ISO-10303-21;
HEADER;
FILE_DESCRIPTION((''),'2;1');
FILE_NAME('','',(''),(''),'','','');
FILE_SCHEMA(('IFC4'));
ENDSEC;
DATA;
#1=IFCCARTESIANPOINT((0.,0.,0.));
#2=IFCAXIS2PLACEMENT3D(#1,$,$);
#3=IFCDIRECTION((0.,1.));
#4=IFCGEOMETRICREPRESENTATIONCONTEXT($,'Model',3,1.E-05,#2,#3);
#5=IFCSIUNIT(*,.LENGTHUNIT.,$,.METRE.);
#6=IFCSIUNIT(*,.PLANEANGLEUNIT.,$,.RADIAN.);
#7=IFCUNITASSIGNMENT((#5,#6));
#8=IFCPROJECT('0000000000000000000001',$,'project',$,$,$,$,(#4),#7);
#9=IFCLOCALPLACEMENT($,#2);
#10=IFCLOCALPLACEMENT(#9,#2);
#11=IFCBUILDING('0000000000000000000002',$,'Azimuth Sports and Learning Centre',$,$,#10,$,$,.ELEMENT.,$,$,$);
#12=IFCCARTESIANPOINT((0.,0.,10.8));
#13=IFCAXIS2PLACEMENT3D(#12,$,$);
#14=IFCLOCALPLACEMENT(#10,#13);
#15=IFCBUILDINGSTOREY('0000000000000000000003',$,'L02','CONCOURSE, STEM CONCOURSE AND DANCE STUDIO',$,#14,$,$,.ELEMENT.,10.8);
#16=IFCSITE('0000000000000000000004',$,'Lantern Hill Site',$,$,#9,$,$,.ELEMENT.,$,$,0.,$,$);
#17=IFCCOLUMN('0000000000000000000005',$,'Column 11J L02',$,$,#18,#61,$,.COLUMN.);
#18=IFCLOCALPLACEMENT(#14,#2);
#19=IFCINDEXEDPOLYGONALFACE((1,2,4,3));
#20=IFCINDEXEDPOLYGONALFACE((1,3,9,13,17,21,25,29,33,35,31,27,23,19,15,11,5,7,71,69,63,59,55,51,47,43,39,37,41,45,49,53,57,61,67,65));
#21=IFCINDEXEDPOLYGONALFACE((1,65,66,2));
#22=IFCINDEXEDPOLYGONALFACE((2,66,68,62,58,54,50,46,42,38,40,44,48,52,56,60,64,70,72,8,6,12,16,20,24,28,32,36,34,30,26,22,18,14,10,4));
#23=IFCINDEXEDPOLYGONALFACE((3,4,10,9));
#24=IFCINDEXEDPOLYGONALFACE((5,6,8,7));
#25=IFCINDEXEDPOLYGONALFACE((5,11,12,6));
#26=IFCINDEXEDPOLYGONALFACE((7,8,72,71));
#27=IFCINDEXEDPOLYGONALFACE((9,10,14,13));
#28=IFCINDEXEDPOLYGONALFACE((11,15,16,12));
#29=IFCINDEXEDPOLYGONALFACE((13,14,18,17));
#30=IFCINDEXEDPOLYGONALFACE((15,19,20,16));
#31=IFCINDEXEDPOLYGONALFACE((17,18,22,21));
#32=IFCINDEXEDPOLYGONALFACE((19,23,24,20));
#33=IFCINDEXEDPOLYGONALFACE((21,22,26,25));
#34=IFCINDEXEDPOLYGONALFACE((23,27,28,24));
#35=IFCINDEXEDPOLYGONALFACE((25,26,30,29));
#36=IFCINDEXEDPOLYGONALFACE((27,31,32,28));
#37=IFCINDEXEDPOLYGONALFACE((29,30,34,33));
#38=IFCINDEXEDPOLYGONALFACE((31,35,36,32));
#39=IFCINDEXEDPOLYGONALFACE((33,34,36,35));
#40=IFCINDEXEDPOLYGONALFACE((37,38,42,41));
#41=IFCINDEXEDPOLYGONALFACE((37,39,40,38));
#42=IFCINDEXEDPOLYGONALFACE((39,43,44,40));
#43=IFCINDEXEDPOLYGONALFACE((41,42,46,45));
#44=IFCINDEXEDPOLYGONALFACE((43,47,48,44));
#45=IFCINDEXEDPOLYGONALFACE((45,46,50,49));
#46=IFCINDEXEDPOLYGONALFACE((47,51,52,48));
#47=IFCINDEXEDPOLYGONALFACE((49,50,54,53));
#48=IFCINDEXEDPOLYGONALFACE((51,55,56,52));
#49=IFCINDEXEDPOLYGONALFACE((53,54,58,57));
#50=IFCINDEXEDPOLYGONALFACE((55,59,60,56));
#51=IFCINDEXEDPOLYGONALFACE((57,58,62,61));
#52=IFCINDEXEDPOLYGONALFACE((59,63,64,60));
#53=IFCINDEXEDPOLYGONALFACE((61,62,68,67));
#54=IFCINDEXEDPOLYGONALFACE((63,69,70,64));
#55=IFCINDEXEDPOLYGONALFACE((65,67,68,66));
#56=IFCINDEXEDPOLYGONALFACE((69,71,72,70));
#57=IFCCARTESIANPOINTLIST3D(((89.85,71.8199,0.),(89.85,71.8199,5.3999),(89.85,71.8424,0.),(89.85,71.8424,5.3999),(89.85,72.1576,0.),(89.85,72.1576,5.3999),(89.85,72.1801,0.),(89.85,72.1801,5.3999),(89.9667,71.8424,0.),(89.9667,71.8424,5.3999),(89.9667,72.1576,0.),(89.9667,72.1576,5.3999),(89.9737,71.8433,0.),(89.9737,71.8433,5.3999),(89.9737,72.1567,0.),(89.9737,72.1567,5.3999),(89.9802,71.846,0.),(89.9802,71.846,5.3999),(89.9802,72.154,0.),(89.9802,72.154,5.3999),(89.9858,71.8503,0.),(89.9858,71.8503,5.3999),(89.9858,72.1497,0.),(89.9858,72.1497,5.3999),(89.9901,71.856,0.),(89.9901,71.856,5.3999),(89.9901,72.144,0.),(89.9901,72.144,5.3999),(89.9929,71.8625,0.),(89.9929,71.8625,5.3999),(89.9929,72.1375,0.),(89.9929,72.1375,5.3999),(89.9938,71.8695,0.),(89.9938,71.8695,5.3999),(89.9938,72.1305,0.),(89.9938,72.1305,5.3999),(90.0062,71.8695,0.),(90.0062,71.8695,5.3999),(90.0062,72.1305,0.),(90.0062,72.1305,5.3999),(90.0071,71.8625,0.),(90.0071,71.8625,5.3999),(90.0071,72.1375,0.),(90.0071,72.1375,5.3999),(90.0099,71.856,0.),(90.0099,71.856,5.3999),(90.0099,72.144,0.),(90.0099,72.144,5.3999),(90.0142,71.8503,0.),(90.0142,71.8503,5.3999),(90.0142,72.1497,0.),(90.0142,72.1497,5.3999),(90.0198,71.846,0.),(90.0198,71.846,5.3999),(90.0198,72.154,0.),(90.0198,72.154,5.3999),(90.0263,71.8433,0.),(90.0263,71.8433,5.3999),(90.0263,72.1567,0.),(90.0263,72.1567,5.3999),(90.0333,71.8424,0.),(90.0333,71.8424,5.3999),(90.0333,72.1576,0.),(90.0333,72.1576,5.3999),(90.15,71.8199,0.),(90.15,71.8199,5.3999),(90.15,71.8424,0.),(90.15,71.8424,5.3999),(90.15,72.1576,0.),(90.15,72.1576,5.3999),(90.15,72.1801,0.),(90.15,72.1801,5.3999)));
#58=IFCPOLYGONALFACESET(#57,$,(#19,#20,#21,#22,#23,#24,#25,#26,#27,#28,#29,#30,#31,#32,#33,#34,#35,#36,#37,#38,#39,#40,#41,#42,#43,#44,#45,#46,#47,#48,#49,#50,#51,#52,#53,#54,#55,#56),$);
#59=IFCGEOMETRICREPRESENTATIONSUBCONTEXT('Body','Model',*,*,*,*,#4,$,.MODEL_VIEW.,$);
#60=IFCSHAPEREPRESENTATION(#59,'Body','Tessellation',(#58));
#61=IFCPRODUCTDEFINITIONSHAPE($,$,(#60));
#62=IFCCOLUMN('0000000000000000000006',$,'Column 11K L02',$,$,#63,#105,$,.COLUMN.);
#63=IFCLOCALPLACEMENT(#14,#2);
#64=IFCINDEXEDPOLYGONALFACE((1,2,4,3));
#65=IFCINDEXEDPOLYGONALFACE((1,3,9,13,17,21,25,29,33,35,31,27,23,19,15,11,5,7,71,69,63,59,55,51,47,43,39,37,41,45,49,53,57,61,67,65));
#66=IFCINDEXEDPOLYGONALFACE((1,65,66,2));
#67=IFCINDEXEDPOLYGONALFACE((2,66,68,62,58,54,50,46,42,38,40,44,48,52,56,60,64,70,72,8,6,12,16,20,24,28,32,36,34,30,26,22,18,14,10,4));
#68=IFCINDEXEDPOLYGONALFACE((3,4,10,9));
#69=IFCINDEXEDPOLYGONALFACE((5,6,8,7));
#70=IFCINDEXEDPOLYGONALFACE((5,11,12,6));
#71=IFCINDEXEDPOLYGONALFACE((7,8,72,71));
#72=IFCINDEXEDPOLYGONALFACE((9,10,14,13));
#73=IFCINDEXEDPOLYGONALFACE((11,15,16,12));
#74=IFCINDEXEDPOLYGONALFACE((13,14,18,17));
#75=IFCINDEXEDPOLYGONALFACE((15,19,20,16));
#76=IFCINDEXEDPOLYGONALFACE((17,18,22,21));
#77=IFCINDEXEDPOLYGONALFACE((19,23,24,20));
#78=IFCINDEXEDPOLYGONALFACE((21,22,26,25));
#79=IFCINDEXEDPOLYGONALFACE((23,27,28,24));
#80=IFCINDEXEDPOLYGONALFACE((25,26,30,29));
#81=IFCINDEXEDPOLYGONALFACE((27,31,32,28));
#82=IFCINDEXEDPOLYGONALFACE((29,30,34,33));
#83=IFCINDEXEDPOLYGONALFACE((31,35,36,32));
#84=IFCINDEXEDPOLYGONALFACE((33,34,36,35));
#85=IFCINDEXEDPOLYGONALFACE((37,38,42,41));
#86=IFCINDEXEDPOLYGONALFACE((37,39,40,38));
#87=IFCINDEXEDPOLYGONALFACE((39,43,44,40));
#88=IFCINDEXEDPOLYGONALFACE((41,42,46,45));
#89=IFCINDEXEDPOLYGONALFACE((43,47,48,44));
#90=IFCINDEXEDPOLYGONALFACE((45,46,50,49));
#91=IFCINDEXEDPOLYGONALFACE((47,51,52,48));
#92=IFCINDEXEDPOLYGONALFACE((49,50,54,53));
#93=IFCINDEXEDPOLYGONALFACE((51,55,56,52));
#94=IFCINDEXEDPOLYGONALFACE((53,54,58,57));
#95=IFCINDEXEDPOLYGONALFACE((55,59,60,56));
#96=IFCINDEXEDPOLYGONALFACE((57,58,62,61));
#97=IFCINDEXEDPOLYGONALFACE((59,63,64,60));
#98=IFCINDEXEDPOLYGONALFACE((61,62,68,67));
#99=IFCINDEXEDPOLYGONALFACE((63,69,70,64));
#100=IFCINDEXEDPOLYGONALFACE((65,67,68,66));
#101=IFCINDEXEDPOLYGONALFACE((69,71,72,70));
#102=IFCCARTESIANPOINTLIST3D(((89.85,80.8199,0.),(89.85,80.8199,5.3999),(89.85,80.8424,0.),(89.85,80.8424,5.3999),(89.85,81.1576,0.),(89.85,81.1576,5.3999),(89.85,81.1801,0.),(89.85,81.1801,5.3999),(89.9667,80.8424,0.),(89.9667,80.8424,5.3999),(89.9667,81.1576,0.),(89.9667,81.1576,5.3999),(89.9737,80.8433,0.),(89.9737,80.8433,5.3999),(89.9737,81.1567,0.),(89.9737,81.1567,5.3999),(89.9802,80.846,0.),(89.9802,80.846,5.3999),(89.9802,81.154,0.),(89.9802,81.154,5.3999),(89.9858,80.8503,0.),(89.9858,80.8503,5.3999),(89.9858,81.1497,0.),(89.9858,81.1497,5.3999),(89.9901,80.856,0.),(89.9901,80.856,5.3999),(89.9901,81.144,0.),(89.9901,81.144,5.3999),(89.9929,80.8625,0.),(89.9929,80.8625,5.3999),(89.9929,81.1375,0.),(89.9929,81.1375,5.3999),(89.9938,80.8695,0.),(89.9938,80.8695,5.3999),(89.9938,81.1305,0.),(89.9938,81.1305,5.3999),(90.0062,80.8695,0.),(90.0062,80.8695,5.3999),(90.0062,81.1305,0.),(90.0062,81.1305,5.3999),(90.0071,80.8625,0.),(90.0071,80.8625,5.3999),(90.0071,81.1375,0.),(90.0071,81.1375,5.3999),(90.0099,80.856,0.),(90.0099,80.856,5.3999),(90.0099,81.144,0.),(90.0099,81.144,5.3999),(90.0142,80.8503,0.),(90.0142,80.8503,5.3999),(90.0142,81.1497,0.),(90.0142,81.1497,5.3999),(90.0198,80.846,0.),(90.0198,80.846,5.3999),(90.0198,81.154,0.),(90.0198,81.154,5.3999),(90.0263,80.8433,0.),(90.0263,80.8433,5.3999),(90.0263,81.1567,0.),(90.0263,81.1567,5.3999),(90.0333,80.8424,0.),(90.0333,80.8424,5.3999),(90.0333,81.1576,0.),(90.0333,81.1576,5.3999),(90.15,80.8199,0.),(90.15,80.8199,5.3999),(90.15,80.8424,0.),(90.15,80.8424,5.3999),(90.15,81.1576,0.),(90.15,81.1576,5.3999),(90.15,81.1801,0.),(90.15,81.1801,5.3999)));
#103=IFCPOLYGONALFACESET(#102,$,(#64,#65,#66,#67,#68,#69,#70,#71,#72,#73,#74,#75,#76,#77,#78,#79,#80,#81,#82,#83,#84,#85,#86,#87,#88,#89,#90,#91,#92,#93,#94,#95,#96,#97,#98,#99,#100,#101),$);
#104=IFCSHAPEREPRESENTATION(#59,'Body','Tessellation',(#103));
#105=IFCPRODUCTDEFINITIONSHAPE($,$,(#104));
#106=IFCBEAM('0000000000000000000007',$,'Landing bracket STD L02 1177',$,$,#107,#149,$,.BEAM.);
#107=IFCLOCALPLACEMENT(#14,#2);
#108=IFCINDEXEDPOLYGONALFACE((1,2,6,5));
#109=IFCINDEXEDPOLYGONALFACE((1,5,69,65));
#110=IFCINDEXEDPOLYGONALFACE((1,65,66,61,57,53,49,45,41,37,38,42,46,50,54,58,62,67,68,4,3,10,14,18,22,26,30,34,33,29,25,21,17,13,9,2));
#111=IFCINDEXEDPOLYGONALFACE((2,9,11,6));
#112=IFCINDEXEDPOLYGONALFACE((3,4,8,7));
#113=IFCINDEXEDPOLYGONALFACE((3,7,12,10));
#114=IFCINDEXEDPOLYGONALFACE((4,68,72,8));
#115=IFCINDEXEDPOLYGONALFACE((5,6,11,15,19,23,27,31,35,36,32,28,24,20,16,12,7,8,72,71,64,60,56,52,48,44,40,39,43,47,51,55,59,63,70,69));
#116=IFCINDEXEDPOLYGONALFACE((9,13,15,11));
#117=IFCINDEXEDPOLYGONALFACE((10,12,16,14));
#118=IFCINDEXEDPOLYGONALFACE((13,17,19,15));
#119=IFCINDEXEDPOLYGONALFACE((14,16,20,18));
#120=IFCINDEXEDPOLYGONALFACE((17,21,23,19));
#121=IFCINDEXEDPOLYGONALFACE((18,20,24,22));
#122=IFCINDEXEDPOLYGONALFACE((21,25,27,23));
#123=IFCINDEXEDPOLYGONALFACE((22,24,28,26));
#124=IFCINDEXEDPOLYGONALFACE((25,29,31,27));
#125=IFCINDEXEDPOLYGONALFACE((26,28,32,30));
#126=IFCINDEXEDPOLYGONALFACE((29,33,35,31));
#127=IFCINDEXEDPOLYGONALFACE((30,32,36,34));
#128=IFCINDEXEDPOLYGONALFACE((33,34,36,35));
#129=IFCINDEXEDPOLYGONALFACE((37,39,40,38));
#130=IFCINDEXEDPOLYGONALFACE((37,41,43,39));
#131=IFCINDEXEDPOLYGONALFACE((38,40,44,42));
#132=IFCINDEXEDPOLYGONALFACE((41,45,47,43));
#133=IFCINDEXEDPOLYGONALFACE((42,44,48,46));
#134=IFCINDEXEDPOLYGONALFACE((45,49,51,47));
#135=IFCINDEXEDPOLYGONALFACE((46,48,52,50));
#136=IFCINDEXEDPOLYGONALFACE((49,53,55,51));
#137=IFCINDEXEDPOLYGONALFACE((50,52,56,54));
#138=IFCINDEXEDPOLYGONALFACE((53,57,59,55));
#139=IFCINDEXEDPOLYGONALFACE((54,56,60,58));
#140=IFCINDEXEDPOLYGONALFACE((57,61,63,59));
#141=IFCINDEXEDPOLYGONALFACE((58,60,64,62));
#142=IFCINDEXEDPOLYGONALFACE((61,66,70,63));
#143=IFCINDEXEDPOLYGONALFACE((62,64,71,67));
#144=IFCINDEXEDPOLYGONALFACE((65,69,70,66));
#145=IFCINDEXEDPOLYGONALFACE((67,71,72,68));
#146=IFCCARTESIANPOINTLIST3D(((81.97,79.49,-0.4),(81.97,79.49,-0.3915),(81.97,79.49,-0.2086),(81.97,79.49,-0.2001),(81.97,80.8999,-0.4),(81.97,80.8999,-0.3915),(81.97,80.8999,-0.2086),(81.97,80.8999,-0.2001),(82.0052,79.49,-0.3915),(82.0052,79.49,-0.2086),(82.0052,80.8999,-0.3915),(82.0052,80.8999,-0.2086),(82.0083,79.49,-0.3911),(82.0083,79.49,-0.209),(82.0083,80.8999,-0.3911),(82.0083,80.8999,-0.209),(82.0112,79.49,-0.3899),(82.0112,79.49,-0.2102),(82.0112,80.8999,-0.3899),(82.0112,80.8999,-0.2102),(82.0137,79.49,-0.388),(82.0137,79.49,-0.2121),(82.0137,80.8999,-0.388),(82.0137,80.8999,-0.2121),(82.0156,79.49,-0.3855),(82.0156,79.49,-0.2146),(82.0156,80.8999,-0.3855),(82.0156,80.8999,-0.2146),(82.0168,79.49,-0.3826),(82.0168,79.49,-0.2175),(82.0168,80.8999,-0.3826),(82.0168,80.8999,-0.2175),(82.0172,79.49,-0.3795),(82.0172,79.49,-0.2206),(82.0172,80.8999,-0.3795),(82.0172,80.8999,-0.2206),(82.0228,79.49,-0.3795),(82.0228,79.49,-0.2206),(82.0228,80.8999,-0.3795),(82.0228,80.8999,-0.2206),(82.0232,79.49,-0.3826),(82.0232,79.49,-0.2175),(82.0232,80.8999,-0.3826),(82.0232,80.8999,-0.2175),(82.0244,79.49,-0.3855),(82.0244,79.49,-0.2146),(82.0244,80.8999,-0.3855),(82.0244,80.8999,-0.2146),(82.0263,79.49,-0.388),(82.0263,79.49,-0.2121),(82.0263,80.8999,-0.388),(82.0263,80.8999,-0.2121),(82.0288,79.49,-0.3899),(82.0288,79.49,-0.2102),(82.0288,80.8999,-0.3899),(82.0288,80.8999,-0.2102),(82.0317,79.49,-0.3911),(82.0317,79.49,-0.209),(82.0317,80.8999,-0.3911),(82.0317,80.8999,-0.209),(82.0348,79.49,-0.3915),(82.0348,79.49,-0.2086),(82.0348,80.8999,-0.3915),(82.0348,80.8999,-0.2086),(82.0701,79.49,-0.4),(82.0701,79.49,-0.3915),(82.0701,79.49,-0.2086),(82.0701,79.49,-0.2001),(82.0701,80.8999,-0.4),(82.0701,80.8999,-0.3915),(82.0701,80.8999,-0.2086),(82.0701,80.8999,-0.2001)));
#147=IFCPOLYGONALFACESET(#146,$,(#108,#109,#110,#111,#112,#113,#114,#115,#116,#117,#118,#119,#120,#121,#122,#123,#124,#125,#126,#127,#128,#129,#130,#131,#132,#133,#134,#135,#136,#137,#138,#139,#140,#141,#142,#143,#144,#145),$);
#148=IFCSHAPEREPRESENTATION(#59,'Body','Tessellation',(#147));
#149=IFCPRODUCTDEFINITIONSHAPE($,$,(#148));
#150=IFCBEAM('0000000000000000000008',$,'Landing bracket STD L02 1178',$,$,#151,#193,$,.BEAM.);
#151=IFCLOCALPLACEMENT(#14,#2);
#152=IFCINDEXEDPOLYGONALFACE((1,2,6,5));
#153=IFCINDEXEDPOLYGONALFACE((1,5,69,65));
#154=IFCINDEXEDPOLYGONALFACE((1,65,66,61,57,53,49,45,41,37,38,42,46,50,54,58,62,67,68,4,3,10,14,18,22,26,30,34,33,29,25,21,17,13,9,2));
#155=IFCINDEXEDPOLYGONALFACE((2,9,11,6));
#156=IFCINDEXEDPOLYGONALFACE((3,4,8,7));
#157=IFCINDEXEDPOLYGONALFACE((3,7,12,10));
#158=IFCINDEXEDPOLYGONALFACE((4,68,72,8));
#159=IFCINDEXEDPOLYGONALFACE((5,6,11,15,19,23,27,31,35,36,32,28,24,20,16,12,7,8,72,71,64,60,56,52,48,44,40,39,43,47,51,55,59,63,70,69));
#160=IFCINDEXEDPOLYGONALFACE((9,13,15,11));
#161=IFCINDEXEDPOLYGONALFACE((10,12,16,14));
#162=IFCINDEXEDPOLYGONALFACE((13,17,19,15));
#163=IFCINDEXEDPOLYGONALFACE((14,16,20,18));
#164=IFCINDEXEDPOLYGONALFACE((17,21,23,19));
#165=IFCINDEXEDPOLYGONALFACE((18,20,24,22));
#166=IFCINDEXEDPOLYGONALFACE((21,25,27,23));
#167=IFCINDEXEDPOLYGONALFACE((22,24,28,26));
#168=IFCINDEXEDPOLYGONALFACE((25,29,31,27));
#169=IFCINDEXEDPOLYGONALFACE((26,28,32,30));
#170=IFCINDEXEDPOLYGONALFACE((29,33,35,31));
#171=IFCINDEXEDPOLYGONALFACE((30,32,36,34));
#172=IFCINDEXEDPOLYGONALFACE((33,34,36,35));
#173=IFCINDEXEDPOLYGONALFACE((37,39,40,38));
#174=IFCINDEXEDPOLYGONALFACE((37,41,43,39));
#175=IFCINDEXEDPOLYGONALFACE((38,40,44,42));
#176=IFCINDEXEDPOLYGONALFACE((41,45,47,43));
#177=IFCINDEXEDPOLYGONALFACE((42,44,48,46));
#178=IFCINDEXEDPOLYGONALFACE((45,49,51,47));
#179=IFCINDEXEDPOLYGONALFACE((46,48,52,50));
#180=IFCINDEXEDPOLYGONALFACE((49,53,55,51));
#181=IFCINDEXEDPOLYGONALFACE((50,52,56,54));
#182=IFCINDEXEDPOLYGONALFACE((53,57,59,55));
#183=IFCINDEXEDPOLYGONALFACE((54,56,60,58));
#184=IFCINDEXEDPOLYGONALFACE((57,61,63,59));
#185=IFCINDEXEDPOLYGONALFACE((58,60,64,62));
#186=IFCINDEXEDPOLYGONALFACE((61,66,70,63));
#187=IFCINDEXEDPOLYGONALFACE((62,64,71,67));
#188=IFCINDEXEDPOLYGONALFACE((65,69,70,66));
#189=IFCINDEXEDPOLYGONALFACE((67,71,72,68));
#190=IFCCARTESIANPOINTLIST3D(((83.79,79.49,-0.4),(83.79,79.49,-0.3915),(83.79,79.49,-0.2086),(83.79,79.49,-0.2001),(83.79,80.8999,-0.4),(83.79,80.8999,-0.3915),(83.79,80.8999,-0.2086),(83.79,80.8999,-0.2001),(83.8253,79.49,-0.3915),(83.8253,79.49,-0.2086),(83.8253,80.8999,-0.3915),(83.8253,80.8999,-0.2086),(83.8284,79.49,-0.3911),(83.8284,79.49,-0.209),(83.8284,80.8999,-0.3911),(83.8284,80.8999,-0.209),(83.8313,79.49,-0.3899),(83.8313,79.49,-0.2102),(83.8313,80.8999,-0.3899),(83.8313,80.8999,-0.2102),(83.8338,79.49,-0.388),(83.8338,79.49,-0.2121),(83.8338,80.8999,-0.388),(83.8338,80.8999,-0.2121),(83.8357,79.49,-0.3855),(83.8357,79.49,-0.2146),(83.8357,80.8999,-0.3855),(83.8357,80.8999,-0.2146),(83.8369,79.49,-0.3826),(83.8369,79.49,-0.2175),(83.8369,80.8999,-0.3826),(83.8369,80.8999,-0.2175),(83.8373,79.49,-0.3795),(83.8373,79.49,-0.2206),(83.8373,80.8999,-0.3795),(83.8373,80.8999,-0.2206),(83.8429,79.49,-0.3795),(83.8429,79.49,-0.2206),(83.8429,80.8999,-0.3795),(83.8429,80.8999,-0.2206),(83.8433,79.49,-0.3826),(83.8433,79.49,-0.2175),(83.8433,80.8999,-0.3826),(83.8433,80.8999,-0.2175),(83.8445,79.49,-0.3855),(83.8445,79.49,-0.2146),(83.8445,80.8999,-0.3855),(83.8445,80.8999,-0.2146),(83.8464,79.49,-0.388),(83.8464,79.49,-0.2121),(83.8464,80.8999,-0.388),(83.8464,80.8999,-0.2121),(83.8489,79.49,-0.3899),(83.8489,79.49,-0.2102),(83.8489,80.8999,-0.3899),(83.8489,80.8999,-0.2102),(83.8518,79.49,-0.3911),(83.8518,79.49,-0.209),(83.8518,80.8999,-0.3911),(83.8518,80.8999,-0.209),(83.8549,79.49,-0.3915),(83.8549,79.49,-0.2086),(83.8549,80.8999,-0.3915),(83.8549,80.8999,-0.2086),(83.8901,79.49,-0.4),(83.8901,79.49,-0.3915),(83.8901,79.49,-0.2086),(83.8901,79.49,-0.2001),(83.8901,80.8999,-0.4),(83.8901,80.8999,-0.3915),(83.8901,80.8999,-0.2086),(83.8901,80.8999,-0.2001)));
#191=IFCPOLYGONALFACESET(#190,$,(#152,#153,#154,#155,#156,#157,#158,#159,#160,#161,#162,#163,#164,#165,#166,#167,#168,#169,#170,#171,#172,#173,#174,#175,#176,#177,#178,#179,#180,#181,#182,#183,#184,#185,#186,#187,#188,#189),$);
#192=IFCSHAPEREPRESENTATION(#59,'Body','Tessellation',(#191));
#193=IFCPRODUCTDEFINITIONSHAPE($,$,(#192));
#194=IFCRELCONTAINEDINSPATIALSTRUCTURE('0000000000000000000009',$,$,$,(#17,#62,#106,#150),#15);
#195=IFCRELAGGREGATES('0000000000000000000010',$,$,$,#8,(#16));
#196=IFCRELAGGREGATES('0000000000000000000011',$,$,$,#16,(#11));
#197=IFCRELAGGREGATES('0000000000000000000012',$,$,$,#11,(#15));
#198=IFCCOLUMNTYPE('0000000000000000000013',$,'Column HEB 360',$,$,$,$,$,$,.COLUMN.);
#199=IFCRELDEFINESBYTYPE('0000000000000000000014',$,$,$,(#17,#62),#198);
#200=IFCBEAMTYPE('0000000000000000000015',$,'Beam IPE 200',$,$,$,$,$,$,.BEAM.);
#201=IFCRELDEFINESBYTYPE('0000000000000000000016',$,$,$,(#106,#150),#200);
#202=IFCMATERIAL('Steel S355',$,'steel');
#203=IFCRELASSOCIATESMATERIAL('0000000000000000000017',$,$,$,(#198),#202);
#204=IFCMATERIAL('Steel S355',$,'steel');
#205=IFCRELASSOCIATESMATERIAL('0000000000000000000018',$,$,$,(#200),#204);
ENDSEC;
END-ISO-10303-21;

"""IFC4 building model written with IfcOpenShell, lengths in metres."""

from ifc_helpers import new_model, si_unit, direction, frame, origin, origin_2d, place, context, subcontext, project, spatial, i_section, extrude, material, material_profile, profile_set, type_object, element, save


model = new_model("IFC4")

# Units and contexts
model_context = context("Model", 3, precision=1e-05, world=origin(), true_north=direction((0.0, 1.0)))
body_context = subcontext(model_context, "Body", "Model", "MODEL_VIEW")
ifc_project = project(units=[si_unit("LENGTHUNIT", "METRE"), si_unit("PLANEANGLEUNIT", "RADIAN")], contexts=[model_context])

# Site, building, storey
site_placement = place(None, origin())
site = spatial("IfcSite", under=ifc_project, at=site_placement, Name="Lantern Hill Site", CompositionType="ELEMENT", RefElevation=0.0)
building_placement = place(site_placement, origin())
building = spatial("IfcBuilding", under=site, at=building_placement, Name="Azimuth Sports and Learning Centre", CompositionType="ELEMENT")
storey_placement = place(building_placement, frame((0.0, 0.0, 10.8)))
storey = spatial("IfcBuildingStorey", under=building, at=storey_placement, Name="L02", Description="CONCOURSE, STEM CONCOURSE AND DANCE STUDIO", CompositionType="ELEMENT", Elevation=10.8)

# Columns
ifc_material_1 = material(Name="Steel S355", Category="steel")
ifc_material_profile_1 = material_profile(ifc_material_1, i_section(OverallWidth=0.3, OverallDepth=0.3601, WebThickness=0.0125, FlangeThickness=0.0225, FilletRadius=0.0271, at=origin_2d()), Name="HEB 360")
ifc_profile_set_1 = profile_set([ifc_material_profile_1], Name="Steel S355")
column_type = type_object("IfcColumnType", Name="Column HEB 360", PredefinedType="COLUMN", material=ifc_profile_set_1)
for number, where, z_axis, x_axis, name in (
    (1, (90.0, 72.0, 0.0), (0.0, 0.0, 1.0), (1.0, 0.0, 0.0), "Column 11J L02"),
    (2, (90.0, 81.0, 0.0), (0.0, 0.0, 1.0), (1.0, 0.0, 0.0), "Column 11K L02"),
):
    element("IfcColumn", number, at=place(storey_placement, frame(where, z_axis=z_axis, x_axis=x_axis)), inside=storey, type_object=column_type, Name=name, PredefinedType="COLUMN", context=body_context, shape_type="SweptSolid", body=[
        extrude(i_section(OverallWidth=0.3, OverallDepth=0.3601, WebThickness=0.0125, FlangeThickness=0.0225, FilletRadius=0.0271, at=origin_2d()), origin(), (0.0, 0.0, 1.0), 5.3999),
    ])

# Beams
ifc_material_2 = material(Name="Steel S355", Category="steel")
ifc_material_profile_2 = material_profile(ifc_material_2, i_section(OverallWidth=0.1001, OverallDepth=0.2, WebThickness=0.0056, FlangeThickness=0.0085, FilletRadius=0.012, at=origin_2d()), Name="IPE 200")
ifc_profile_set_2 = profile_set([ifc_material_profile_2], Name="Steel S355")
beam_type_1 = type_object("IfcBeamType", Name="Beam IPE 200", PredefinedType="BEAM", material=ifc_profile_set_2)
for number, where, z_axis, x_axis, name in (
    (3, (82.02, 80.8999, -0.3), (0.0, -1.0, 0.0), (1.0, 0.0, 0.0), "Landing bracket STD L02 1177"),
    (4, (83.8401, 80.8999, -0.3), (0.0, -1.0, 0.0), (1.0, 0.0, 0.0), "Landing bracket STD L02 1178"),
):
    element("IfcBeam", number, at=place(storey_placement, frame(where, z_axis=z_axis, x_axis=x_axis)), inside=storey, type_object=beam_type_1, Name=name, PredefinedType="BEAM", context=body_context, shape_type="SweptSolid", body=[
        extrude(i_section(OverallWidth=0.1001, OverallDepth=0.2, WebThickness=0.0056, FlangeThickness=0.0085, FilletRadius=0.012, at=origin_2d()), origin(), (0.0, 0.0, 1.0), 1.4099),
    ])

save(model, "model.ifc")
